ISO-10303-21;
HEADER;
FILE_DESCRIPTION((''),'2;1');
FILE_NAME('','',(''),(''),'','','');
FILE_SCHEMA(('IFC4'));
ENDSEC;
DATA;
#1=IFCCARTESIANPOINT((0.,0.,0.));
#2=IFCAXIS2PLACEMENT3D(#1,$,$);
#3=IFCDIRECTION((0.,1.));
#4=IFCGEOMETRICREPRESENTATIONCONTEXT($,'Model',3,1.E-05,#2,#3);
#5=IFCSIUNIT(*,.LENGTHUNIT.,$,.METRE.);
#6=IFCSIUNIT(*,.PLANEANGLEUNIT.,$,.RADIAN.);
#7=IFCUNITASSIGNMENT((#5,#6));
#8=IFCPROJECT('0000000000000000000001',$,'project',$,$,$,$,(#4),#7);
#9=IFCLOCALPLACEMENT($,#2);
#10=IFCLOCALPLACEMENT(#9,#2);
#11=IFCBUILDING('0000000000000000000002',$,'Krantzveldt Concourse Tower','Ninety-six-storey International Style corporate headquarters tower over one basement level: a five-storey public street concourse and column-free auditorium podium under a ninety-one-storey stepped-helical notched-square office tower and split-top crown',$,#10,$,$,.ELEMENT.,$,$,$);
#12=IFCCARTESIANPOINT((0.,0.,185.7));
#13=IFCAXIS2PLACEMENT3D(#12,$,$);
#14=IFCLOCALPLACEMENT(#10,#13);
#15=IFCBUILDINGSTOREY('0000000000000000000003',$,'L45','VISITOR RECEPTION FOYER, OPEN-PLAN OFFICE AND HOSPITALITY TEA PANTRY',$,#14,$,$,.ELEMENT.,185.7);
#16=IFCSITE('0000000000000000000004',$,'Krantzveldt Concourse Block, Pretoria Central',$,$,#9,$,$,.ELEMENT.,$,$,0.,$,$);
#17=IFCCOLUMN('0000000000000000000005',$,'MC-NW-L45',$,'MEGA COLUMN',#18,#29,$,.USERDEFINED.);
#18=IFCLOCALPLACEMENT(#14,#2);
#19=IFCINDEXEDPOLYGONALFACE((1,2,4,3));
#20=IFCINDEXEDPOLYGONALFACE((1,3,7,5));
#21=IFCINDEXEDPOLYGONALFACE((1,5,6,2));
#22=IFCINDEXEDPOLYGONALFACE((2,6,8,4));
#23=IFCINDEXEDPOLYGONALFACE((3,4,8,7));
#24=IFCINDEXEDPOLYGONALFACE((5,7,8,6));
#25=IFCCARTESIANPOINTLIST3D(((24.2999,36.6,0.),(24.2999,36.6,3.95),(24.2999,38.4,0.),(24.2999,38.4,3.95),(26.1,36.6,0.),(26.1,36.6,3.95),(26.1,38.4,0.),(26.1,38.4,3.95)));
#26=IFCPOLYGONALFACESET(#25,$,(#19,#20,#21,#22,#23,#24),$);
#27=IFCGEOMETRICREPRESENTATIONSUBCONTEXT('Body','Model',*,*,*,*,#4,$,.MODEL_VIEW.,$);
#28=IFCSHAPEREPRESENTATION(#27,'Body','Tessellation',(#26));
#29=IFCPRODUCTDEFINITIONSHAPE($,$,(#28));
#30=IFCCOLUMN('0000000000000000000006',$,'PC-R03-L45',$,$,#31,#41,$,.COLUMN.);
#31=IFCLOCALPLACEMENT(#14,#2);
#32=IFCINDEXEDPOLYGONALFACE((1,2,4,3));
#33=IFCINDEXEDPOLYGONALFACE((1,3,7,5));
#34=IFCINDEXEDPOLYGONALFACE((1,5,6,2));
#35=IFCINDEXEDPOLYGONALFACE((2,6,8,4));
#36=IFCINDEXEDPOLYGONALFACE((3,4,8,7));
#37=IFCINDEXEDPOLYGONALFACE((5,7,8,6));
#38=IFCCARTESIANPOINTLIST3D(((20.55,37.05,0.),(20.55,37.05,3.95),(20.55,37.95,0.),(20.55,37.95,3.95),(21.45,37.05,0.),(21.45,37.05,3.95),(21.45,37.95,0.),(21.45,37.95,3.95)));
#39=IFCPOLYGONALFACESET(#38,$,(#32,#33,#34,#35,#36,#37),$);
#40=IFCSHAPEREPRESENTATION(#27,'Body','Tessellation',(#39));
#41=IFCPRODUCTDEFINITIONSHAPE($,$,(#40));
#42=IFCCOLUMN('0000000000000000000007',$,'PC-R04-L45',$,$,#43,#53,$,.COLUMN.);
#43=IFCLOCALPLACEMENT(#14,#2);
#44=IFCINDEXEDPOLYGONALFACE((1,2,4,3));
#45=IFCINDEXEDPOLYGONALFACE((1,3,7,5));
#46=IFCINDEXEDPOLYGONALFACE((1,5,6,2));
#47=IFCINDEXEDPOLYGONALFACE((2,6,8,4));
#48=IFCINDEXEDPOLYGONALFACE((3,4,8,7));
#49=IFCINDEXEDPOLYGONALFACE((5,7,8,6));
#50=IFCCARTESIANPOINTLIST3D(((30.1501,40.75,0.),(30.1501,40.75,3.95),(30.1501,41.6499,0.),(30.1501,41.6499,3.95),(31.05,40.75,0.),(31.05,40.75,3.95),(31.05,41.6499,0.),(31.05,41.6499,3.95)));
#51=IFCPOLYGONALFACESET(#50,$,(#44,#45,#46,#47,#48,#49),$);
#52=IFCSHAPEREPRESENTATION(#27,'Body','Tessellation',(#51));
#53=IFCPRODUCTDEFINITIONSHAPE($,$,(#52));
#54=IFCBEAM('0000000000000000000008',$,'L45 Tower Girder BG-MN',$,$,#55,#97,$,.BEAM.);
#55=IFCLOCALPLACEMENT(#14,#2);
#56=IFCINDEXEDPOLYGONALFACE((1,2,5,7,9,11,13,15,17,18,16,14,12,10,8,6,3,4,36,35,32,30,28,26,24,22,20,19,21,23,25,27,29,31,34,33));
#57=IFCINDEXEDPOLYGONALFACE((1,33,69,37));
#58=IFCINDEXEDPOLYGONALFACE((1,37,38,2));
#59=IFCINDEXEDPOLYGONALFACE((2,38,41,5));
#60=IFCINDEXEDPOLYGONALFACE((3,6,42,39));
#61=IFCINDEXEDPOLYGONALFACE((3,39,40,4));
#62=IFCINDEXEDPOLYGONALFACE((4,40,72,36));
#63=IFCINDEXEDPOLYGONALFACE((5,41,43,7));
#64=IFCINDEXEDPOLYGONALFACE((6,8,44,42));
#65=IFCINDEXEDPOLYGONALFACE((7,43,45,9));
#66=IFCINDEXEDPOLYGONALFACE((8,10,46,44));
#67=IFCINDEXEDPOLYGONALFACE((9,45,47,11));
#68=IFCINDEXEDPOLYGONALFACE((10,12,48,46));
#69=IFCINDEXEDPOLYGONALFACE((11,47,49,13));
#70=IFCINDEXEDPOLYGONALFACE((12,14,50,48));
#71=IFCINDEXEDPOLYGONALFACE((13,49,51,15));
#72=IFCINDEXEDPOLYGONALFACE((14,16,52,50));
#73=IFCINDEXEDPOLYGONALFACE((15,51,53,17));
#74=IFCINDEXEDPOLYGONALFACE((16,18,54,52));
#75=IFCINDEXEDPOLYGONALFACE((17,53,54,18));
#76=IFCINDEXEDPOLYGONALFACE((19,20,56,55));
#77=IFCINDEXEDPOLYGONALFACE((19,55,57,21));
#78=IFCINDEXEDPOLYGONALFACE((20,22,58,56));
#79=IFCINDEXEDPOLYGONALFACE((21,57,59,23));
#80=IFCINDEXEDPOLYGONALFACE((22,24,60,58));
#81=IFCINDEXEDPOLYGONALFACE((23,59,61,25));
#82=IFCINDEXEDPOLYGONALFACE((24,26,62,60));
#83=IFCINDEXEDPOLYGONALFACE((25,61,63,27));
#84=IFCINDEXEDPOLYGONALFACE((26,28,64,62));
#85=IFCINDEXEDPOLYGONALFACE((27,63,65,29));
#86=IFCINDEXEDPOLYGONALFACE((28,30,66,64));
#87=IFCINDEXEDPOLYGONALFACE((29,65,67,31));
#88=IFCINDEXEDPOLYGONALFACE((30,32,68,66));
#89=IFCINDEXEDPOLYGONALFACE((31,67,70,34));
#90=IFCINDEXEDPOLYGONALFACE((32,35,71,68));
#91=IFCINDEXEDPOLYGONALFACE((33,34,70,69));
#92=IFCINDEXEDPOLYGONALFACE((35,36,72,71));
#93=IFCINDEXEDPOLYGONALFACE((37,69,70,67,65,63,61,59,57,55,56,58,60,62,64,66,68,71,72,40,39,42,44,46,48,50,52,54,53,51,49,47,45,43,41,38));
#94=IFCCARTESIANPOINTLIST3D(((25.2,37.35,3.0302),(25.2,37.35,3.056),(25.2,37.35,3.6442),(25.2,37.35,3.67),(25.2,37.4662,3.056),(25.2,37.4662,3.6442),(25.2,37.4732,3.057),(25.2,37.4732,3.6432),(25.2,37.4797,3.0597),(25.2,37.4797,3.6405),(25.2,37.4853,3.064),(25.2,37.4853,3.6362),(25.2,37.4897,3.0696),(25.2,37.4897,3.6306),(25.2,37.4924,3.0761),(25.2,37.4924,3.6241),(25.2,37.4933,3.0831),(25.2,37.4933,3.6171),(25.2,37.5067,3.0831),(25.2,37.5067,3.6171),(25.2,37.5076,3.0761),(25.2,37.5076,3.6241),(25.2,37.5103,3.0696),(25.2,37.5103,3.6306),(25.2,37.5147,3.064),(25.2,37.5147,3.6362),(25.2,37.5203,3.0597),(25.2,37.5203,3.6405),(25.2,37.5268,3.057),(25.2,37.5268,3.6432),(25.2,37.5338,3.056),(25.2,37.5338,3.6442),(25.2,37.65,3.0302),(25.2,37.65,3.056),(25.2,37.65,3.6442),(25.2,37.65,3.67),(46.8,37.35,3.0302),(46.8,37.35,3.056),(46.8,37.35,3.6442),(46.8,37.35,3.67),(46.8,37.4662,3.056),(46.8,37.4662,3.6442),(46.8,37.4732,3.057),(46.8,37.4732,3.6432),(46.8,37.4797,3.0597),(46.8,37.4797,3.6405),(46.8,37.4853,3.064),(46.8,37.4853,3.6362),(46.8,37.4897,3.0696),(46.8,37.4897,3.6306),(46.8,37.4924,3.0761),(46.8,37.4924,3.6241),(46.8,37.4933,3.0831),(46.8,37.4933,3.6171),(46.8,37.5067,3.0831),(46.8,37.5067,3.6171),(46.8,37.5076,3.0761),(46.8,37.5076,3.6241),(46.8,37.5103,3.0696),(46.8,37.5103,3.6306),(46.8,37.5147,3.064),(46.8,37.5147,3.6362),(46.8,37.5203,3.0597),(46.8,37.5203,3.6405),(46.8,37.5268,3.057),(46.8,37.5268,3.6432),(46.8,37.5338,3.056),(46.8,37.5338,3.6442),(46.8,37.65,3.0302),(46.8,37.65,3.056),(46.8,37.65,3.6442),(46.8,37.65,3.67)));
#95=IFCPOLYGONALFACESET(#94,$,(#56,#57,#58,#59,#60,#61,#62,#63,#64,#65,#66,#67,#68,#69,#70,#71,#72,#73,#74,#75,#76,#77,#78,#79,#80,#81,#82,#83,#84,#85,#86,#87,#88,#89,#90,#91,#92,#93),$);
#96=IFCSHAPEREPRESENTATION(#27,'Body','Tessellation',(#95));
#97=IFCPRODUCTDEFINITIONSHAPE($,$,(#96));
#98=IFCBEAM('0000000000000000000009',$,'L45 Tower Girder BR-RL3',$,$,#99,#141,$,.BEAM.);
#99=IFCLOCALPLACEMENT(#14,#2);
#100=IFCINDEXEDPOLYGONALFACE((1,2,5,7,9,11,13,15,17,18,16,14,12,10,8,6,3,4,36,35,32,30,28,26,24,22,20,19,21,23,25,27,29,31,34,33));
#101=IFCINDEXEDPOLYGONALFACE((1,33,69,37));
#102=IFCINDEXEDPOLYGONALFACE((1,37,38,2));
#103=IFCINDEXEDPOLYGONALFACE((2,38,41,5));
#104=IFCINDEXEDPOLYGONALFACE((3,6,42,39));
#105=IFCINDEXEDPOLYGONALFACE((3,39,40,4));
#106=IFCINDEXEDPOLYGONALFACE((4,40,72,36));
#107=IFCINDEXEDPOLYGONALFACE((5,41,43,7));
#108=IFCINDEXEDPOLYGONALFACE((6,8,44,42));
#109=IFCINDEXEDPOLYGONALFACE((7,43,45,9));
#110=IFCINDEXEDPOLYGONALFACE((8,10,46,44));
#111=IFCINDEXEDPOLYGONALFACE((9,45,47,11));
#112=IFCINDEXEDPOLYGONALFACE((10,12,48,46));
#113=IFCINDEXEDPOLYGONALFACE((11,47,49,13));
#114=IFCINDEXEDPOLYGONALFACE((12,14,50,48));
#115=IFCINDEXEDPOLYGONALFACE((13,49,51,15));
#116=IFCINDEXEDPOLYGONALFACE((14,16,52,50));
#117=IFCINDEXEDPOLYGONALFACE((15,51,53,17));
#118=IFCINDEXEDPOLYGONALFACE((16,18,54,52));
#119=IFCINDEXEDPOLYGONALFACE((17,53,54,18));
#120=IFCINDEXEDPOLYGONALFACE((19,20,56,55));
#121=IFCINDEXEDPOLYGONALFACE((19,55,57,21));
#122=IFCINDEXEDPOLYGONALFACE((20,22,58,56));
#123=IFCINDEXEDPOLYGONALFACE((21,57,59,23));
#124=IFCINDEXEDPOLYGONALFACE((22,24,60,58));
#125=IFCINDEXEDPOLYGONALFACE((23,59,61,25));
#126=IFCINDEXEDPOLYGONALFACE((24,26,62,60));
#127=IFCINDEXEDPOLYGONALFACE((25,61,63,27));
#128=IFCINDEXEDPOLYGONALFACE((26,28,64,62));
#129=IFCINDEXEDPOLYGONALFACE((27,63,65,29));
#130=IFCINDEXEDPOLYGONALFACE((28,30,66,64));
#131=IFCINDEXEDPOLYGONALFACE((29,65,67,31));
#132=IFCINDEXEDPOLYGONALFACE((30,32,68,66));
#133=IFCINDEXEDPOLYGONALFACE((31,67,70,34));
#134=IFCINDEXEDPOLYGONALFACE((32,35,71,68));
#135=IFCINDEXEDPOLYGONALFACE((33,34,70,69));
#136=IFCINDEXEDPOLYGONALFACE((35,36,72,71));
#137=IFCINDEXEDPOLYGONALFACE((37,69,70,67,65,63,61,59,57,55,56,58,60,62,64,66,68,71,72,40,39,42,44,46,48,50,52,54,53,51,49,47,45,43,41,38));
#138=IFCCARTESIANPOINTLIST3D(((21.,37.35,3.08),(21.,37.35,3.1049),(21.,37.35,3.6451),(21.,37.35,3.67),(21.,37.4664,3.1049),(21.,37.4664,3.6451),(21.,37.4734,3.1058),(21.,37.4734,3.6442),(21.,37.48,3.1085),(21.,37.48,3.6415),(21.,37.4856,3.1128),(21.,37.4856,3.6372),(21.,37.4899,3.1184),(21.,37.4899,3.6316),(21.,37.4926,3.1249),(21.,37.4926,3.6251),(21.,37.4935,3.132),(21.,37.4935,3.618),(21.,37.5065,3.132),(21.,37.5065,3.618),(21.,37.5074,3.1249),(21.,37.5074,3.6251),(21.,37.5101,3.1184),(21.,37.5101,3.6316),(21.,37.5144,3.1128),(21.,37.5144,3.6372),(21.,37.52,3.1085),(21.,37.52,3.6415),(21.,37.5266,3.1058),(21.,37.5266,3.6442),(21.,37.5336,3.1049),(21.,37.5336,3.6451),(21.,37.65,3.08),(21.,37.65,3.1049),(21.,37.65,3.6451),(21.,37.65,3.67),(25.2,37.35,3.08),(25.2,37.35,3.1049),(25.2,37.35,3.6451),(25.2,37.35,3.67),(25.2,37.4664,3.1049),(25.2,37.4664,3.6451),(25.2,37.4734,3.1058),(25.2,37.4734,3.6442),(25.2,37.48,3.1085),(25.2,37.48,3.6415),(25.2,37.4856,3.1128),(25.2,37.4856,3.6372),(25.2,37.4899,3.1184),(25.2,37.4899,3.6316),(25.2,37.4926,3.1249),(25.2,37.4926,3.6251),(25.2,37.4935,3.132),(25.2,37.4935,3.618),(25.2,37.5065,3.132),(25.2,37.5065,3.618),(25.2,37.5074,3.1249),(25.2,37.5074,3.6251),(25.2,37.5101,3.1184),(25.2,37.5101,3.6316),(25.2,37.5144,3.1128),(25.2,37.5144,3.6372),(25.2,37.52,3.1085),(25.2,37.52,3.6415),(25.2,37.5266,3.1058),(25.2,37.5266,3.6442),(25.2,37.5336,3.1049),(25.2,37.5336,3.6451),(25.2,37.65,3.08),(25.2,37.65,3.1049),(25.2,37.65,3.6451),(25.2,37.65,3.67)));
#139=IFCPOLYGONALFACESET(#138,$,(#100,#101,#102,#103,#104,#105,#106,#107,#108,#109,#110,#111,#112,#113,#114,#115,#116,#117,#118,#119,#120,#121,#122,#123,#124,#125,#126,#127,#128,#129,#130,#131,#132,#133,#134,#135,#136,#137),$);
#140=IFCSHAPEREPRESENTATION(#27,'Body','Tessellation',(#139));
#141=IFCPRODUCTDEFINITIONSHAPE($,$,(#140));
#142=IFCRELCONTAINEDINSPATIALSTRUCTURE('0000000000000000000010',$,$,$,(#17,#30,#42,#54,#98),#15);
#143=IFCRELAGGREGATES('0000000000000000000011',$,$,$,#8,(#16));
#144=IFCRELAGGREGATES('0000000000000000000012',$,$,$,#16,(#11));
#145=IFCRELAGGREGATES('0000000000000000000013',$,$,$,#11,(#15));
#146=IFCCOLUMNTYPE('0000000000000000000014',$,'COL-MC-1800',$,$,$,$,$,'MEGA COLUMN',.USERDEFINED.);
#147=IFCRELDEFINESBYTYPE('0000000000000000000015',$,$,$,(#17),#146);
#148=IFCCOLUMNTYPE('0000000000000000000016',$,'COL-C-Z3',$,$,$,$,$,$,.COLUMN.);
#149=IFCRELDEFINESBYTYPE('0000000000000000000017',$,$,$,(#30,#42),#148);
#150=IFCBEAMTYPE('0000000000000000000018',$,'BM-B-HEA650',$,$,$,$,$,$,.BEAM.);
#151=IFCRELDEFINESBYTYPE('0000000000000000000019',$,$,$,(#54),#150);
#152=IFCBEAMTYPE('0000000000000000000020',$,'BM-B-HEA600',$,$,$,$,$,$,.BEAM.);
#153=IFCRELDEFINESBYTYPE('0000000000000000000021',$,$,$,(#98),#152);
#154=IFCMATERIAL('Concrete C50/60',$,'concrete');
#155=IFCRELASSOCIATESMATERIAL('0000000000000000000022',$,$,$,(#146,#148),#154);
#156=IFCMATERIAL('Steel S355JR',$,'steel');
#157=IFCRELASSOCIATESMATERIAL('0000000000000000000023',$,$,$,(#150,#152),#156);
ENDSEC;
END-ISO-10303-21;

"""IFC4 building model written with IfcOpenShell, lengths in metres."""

from ifc_helpers import new_model, si_unit, direction, frame, origin, origin_2d, place, context, subcontext, project, spatial, rectangle, i_section, extrude, source, transform, mapped, material, material_profile, profile_set, type_object, type_shapes, element, save


model = new_model("IFC4")

# Units and contexts
model_context = context("Model", 3, precision=1e-05, world=origin(), true_north=direction((0.0, 1.0)))
body_context = subcontext(model_context, "Body", "Model", "MODEL_VIEW")
ifc_project = project(units=[si_unit("LENGTHUNIT", "METRE"), si_unit("PLANEANGLEUNIT", "RADIAN")], contexts=[model_context])

# Site, building, storey
site_placement = place(None, origin())
site = spatial("IfcSite", under=ifc_project, at=site_placement, Name="Krantzveldt Concourse Block, Pretoria Central", CompositionType="ELEMENT", RefElevation=0.0)
building_placement = place(site_placement, origin())
building = spatial("IfcBuilding", under=site, at=building_placement, Name="Krantzveldt Concourse Tower", Description="Ninety-six-storey International Style corporate headquarters tower over one basement level: a five-storey public street concourse and column-free auditorium podium under a ninety-one-storey stepped-helical notched-square office tower and split-top crown", CompositionType="ELEMENT")
storey_placement = place(building_placement, frame((0.0, 0.0, 185.7)))
storey = spatial("IfcBuildingStorey", under=building, at=storey_placement, Name="L45", Description="VISITOR RECEPTION FOYER, OPEN-PLAN OFFICE AND HOSPITALITY TEA PANTRY", CompositionType="ELEMENT", Elevation=185.7)

# Columns
ifc_material_1 = material(Name="Concrete C50/60", Category="concrete")
ifc_material_profile_1 = material_profile(ifc_material_1, rectangle(XDim=1.8, YDim=1.8, at=origin_2d()), Name="Concrete C50/60", Category="concrete")
ifc_profile_set_1 = profile_set([ifc_material_profile_1], Name="Concrete C50/60 - RC 1800x1800")
column_type_1 = type_object("IfcColumnType", Name="COL-MC-1800", ElementType="MEGA COLUMN", PredefinedType="USERDEFINED", material=ifc_profile_set_1)
shared_shape_1 = source(origin(), body_context, "Body", "SweptSolid", [
    extrude(rectangle(XDim=1.8, YDim=1.8, at=origin_2d()), origin(), (0.0, 0.0, 1.0), 3.95),
])
type_shapes(column_type_1, [shared_shape_1])
column_placement = place(storey_placement, frame((25.2, 37.5, 0.0), z_axis=(0.0, 0.0, 1.0), x_axis=(1.0, 0.0, 0.0)))
element("IfcColumn", 1, at=column_placement, inside=storey, type_object=column_type_1, Name="MC-NW-L45", ObjectType="MEGA COLUMN", PredefinedType="USERDEFINED", context=body_context, shape_type="MappedRepresentation", body=[
    mapped(shared_shape_1, transform((0.0, 0.0, 0.0), x_axis=(1.0, 0.0, 0.0), y_axis=(0.0, 1.0, 0.0), z_axis=(0.0, 0.0, 1.0), scale=1.0)),
])
ifc_material_profile_2 = material_profile(ifc_material_1, rectangle(XDim=0.8999, YDim=0.8999, at=origin_2d()), Name="Concrete C50/60", Category="concrete")
ifc_profile_set_2 = profile_set([ifc_material_profile_2], Name="Concrete C50/60 - RC 900x900")
column_type_2 = type_object("IfcColumnType", Name="COL-C-Z3", PredefinedType="COLUMN", material=ifc_profile_set_2)
shared_shape_2 = source(origin(), body_context, "Body", "SweptSolid", [
    extrude(rectangle(XDim=0.8999, YDim=0.8999, at=origin_2d()), origin(), (0.0, 0.0, 1.0), 3.95),
])
type_shapes(column_type_2, [shared_shape_2])
for number, where, z_axis, x_axis, name in (
    (2, (21.0, 37.5, 0.0), (0.0, 0.0, 1.0), (1.0, 0.0, 0.0), "PC-R03-L45"),
    (3, (30.6001, 41.2, 0.0), (0.0, 0.0, 1.0), (1.0, 0.0, 0.0), "PC-R04-L45"),
):
    element("IfcColumn", number, at=place(storey_placement, frame(where, z_axis=z_axis, x_axis=x_axis)), inside=storey, type_object=column_type_2, Name=name, PredefinedType="COLUMN", context=body_context, shape_type="MappedRepresentation", body=[
        mapped(shared_shape_2, transform((0.0, 0.0, 0.0), x_axis=(1.0, 0.0, 0.0), y_axis=(0.0, 1.0, 0.0), z_axis=(0.0, 0.0, 1.0), scale=1.0)),
    ])

# Beams
ifc_material_2 = material(Name="Steel S355JR", Category="steel")
ifc_material_profile_3 = material_profile(ifc_material_2, i_section(OverallWidth=0.3, OverallDepth=0.6399, WebThickness=0.0134, FlangeThickness=0.0259, FilletRadius=0.0271, at=origin_2d()), Name="Steel S355JR", Category="steel")
ifc_profile_set_3 = profile_set([ifc_material_profile_3], Name="Steel S355JR - HEA 650")
beam_type_1 = type_object("IfcBeamType", Name="BM-B-HEA650", PredefinedType="BEAM", material=ifc_profile_set_3)
shared_shape_3 = source(origin(), body_context, "Body", "SweptSolid", [
    extrude(i_section(OverallWidth=0.3, OverallDepth=0.6399, WebThickness=0.0134, FlangeThickness=0.0259, FilletRadius=0.0271, at=origin_2d()), origin(), (0.0, 0.0, 1.0), 21.6001),
])
type_shapes(beam_type_1, [shared_shape_3])
beam_1_placement = place(storey_placement, frame((25.2, 37.5, 3.3501), z_axis=(1.0, 0.0, 0.0), x_axis=(0.0, 1.0, 0.0)))
element("IfcBeam", 4, at=beam_1_placement, inside=storey, type_object=beam_type_1, Name="L45 Tower Girder BG-MN", PredefinedType="BEAM", context=body_context, shape_type="MappedRepresentation", body=[
    mapped(shared_shape_3, transform((0.0, 0.0, 0.0), x_axis=(1.0, 0.0, 0.0), y_axis=(0.0, 1.0, 0.0), z_axis=(0.0, 0.0, 1.0), scale=1.0)),
])
ifc_material_profile_4 = material_profile(ifc_material_2, i_section(OverallWidth=0.3, OverallDepth=0.5901, WebThickness=0.0129, FlangeThickness=0.0249, FilletRadius=0.0271, at=origin_2d()), Name="Steel S355JR", Category="steel")
ifc_profile_set_4 = profile_set([ifc_material_profile_4], Name="Steel S355JR - HEA 600")
beam_type_2 = type_object("IfcBeamType", Name="BM-B-HEA600", PredefinedType="BEAM", material=ifc_profile_set_4)
shared_shape_4 = source(origin(), body_context, "Body", "SweptSolid", [
    extrude(i_section(OverallWidth=0.3, OverallDepth=0.5901, WebThickness=0.0129, FlangeThickness=0.0249, FilletRadius=0.0271, at=origin_2d()), origin(), (0.0, 0.0, 1.0), 4.2),
])
beam_2_placement = place(storey_placement, frame((21.0, 37.5, 3.375), z_axis=(1.0, 0.0, 0.0), x_axis=(0.0, 1.0, 0.0)))
element("IfcBeam", 5, at=beam_2_placement, inside=storey, type_object=beam_type_2, Name="L45 Tower Girder BR-RL3", PredefinedType="BEAM", context=body_context, shape_type="MappedRepresentation", body=[
    mapped(shared_shape_4, transform((0.0, 0.0, 0.0), x_axis=(1.0, 0.0, 0.0), y_axis=(0.0, 1.0, 0.0), z_axis=(0.0, 0.0, 1.0), scale=1.0)),
])

save(model, "model.ifc")
